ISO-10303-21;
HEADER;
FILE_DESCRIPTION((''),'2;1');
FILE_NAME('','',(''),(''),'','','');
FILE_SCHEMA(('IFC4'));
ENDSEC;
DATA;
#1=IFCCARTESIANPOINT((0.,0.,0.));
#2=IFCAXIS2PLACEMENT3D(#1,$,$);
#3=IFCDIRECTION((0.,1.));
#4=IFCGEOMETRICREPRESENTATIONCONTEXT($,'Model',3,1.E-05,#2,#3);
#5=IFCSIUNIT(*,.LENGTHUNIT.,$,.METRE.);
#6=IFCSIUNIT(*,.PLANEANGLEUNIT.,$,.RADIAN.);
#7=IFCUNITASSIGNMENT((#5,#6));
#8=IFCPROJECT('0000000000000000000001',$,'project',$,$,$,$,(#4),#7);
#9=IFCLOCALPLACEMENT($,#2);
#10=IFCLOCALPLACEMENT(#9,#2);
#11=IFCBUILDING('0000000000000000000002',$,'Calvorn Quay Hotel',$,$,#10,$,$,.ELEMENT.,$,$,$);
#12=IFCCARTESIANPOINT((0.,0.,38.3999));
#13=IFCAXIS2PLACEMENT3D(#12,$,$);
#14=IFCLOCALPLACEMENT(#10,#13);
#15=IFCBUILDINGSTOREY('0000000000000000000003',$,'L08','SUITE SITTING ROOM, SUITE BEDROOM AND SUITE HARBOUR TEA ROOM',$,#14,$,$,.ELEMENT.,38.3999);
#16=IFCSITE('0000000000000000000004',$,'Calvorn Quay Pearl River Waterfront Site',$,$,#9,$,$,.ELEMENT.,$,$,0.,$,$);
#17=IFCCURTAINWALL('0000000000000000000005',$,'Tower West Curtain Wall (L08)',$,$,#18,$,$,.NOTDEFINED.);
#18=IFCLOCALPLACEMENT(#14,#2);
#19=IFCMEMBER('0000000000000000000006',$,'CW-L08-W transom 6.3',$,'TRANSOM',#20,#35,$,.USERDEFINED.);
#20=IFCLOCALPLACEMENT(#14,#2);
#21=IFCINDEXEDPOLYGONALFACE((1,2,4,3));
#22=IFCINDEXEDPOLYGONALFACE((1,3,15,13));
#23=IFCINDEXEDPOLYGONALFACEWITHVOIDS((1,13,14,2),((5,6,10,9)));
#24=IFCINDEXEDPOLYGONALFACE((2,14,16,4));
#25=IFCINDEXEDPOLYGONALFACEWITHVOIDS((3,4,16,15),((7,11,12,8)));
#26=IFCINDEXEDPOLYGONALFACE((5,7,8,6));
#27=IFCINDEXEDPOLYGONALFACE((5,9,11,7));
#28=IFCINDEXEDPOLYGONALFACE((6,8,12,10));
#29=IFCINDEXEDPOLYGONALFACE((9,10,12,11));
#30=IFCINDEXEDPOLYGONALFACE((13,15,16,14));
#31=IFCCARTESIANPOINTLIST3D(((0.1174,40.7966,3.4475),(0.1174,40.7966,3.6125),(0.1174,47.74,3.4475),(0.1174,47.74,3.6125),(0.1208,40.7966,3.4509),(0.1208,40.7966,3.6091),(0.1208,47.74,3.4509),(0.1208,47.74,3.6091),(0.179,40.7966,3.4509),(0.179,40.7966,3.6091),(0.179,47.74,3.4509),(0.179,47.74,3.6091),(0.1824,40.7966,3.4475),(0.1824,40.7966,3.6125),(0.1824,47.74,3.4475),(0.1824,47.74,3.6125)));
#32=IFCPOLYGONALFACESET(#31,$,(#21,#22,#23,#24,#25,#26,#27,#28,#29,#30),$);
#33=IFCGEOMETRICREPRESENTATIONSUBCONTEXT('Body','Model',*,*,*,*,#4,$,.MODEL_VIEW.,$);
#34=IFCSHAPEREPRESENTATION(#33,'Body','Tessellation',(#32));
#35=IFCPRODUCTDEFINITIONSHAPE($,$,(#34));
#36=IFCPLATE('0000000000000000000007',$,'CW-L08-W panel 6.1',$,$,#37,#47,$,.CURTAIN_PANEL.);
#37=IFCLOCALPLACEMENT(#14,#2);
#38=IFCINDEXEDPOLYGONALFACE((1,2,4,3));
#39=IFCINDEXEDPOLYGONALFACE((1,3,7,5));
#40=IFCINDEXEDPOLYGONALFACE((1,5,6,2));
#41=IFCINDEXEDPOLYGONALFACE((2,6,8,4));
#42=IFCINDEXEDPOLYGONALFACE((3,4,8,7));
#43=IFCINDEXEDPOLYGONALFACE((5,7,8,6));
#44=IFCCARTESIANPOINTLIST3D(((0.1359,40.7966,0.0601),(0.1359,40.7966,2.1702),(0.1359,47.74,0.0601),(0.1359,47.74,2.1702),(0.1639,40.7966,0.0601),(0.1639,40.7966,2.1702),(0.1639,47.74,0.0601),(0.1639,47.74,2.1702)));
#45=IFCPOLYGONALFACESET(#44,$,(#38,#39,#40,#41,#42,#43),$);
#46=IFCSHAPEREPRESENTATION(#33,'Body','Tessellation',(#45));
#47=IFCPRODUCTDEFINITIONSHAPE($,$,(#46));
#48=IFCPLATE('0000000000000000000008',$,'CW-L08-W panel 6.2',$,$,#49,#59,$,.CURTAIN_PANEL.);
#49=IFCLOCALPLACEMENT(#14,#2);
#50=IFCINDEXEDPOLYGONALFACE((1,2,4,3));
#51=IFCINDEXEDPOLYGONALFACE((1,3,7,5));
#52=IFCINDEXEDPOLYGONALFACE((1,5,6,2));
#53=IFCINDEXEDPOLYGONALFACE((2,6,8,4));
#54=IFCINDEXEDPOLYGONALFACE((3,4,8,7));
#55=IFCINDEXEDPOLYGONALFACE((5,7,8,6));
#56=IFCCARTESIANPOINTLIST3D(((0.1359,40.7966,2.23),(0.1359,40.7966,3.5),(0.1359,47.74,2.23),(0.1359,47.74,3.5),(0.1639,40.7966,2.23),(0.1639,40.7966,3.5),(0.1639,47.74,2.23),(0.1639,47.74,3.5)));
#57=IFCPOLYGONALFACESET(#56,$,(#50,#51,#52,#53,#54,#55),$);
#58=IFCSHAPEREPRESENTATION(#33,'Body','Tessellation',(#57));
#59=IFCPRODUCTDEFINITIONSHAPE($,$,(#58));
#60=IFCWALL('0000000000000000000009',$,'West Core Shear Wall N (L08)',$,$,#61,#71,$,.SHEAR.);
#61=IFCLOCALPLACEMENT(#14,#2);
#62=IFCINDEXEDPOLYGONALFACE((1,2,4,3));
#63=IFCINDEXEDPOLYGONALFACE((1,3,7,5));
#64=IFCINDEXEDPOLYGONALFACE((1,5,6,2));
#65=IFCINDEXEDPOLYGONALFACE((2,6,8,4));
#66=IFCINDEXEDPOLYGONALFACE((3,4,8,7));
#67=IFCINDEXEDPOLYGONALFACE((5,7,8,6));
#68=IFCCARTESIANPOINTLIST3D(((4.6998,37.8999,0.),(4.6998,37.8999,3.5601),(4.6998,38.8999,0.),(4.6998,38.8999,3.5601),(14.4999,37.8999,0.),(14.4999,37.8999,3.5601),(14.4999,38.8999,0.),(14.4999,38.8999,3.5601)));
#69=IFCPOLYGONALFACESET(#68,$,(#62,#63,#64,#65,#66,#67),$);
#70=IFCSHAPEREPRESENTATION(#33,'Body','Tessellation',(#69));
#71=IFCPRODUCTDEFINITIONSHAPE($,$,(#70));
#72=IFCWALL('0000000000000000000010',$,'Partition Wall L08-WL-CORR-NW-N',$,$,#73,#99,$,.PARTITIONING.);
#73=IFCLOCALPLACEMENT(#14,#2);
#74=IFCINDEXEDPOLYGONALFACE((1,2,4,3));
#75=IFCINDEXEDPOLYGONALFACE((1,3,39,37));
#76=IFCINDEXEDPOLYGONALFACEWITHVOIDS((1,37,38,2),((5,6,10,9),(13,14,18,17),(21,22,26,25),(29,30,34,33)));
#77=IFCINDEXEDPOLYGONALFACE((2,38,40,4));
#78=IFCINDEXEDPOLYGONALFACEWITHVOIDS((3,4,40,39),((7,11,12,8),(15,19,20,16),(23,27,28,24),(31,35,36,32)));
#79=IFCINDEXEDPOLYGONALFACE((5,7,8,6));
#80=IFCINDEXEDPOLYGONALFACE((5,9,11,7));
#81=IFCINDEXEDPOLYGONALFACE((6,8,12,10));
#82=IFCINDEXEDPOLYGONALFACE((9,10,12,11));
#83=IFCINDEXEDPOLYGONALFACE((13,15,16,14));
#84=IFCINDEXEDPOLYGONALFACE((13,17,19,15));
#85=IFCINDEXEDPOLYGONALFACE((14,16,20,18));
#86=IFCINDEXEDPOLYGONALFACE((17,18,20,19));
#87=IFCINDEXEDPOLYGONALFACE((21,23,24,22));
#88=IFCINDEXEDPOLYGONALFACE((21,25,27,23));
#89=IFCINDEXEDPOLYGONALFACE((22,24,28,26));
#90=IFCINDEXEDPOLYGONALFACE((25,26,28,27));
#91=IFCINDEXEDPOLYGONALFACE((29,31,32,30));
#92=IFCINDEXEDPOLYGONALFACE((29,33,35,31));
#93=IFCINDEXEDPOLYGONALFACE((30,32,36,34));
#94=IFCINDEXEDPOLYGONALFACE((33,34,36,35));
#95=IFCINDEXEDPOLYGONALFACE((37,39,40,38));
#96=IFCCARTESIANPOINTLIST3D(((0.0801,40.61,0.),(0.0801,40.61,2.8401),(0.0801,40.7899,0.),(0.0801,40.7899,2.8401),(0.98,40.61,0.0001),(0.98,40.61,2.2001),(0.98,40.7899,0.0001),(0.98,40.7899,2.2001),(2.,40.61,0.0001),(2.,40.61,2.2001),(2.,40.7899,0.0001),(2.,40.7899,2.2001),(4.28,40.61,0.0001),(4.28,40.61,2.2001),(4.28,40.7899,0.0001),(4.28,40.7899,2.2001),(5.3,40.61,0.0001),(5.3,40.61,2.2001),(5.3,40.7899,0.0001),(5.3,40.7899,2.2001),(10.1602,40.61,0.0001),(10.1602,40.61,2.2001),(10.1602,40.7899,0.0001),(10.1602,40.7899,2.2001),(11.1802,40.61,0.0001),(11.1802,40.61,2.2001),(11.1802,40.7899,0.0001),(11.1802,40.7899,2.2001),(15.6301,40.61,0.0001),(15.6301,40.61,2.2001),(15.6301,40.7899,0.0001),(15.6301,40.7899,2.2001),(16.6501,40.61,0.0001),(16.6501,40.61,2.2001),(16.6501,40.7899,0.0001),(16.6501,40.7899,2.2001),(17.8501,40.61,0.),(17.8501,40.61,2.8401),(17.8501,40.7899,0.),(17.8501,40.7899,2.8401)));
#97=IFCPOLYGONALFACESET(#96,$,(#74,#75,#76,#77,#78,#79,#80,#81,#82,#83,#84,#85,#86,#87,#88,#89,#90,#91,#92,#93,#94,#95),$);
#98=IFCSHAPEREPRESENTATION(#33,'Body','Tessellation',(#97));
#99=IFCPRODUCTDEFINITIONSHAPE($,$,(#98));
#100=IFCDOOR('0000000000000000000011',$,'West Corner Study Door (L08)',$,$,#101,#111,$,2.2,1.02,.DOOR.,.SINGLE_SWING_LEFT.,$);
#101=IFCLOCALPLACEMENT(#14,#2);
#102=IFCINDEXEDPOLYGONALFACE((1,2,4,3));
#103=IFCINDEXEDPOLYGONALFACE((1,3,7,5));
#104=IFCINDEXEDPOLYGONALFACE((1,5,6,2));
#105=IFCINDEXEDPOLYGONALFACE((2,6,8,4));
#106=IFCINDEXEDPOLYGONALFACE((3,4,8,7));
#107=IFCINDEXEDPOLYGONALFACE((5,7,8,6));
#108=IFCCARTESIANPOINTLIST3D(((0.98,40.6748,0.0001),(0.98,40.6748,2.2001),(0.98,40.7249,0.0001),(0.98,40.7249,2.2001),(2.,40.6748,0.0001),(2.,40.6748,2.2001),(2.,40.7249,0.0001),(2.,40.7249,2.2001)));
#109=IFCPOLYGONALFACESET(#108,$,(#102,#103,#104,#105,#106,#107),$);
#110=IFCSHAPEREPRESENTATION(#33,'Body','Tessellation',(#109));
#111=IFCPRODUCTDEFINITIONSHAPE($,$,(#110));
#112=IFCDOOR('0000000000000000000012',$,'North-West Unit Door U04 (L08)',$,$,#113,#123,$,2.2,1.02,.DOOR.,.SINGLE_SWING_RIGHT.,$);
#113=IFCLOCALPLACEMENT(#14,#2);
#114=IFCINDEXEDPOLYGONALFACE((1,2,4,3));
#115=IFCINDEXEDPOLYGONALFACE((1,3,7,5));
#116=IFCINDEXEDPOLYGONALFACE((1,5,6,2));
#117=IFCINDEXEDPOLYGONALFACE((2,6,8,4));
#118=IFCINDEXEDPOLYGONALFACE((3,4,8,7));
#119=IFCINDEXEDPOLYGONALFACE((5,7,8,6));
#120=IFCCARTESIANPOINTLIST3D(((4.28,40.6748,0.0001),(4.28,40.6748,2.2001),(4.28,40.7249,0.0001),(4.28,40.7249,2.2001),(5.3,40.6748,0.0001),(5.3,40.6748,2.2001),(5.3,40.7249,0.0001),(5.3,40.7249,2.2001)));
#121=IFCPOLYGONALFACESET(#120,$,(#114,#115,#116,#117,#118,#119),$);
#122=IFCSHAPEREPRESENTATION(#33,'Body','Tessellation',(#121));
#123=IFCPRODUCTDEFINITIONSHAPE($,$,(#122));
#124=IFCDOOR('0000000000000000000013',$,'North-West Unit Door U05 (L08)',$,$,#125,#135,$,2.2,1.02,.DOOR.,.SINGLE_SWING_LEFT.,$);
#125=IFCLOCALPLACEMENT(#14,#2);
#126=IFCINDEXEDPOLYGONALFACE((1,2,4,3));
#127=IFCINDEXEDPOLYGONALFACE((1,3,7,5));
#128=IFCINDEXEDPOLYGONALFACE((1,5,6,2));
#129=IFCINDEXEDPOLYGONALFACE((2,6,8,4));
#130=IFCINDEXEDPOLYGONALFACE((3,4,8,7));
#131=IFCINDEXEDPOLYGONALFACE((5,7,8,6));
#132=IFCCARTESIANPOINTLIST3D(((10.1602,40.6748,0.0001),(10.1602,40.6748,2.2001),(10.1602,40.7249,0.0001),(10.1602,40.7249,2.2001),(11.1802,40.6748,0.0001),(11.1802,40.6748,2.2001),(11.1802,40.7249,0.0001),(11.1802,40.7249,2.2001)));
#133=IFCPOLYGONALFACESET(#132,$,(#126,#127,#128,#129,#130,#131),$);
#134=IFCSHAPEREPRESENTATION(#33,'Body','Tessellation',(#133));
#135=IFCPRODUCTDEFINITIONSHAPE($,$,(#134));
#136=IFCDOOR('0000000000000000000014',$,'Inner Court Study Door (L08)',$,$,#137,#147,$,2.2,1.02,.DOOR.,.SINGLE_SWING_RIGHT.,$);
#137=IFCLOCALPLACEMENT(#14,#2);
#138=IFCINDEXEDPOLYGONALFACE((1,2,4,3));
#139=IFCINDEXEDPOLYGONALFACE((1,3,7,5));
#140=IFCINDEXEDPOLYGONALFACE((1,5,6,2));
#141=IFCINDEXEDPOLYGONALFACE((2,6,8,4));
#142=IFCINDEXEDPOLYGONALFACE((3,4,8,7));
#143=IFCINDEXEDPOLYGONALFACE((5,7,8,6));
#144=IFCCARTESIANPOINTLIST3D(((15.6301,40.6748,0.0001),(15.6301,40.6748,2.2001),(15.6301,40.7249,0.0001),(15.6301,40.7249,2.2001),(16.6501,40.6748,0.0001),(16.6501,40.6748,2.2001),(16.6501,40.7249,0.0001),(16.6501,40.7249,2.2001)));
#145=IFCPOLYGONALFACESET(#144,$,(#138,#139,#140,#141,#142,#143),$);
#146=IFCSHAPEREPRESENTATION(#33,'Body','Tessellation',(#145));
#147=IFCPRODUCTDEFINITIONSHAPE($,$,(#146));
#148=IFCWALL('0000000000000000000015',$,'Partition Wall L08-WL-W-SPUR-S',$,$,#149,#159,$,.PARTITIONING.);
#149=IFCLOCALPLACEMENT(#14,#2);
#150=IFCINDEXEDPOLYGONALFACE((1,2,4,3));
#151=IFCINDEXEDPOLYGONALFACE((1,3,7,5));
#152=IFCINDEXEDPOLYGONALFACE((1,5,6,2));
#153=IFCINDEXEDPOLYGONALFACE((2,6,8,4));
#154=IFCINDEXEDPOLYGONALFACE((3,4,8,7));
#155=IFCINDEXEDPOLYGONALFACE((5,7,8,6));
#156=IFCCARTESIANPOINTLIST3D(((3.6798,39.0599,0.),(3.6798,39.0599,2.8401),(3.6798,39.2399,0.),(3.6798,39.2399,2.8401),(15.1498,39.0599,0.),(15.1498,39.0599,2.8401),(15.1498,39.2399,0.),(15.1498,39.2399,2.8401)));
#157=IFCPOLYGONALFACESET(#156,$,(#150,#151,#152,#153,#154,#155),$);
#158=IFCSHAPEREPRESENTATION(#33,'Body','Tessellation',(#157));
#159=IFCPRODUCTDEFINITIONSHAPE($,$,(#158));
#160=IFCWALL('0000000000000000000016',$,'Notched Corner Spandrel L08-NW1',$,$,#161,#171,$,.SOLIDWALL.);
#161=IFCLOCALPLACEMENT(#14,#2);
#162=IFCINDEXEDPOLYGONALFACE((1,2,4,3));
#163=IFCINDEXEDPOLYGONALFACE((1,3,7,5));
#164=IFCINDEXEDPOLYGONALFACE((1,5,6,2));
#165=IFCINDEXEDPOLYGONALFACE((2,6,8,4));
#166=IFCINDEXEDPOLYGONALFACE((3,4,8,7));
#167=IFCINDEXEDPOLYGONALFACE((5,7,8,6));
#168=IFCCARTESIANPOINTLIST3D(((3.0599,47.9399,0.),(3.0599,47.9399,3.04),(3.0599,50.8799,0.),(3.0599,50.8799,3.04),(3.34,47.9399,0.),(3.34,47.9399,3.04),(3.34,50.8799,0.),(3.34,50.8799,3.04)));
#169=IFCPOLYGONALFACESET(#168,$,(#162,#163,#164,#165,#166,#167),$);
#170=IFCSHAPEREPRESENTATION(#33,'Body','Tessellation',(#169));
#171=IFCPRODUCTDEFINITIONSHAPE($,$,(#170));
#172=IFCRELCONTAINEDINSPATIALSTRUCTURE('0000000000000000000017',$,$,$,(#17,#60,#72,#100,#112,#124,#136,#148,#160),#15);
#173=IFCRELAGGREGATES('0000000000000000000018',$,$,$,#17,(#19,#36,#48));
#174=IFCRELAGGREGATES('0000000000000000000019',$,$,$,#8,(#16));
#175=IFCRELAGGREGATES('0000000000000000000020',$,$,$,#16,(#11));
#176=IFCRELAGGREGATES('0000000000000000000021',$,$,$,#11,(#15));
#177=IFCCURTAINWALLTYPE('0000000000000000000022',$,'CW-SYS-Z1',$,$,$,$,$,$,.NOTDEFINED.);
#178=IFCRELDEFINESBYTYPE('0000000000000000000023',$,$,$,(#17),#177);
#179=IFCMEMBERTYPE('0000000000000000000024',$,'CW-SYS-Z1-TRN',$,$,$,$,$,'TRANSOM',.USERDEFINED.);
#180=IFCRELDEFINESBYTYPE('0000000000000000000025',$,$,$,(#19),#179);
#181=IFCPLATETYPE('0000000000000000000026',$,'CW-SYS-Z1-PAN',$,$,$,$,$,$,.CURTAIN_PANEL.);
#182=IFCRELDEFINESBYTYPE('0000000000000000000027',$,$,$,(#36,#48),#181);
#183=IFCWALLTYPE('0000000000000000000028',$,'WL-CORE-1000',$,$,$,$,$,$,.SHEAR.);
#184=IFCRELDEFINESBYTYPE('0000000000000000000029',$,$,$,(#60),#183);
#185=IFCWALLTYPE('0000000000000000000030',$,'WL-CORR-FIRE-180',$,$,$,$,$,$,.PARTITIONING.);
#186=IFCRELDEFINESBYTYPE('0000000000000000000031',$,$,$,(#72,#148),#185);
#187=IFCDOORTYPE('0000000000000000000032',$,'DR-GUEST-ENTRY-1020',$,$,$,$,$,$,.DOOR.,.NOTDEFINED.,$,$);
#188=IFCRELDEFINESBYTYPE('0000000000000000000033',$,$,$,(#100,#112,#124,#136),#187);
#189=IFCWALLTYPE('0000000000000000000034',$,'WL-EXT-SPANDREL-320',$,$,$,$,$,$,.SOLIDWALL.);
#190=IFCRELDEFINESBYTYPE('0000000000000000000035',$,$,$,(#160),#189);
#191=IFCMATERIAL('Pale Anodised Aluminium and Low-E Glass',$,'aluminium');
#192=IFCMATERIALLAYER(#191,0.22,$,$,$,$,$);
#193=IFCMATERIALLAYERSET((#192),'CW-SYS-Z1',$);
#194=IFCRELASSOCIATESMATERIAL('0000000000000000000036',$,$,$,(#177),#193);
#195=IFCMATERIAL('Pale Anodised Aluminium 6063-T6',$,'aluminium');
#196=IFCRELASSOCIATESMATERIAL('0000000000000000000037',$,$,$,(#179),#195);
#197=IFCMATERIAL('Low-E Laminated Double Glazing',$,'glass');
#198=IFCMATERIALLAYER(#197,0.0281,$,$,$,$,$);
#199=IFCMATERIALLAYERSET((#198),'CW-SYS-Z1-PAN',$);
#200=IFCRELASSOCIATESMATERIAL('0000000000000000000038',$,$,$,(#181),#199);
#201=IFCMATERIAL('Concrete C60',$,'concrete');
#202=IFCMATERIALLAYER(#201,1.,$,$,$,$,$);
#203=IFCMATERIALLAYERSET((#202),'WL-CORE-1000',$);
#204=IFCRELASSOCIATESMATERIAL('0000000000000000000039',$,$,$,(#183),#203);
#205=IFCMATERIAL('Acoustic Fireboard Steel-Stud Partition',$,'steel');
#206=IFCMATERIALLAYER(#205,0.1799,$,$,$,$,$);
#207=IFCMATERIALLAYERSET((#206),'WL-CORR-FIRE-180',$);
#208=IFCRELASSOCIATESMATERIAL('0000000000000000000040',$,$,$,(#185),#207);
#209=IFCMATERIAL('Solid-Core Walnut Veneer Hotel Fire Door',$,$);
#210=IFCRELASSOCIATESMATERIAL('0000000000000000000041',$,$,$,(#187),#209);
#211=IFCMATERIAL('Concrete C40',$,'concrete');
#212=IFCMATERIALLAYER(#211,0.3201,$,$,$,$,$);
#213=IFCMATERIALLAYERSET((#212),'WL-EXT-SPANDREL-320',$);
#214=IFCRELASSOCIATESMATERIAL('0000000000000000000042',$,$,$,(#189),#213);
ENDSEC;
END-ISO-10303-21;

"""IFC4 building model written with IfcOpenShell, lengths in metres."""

from ifc_helpers import new_model, si_unit, direction, frame, frame_2d, origin, origin_2d, place, context, subcontext, project, spatial, rectangle, hollow_rectangle, extrude, material, layer, layer_set, material_profile, profile_set, type_object, element, fill, aggregate, save


model = new_model("IFC4")

# Units and contexts
model_context = context("Model", 3, precision=1e-05, world=origin(), true_north=direction((0.0, 1.0)))
body_context = subcontext(model_context, "Body", "Model", "MODEL_VIEW")
ifc_project = project(units=[si_unit("LENGTHUNIT", "METRE"), si_unit("PLANEANGLEUNIT", "RADIAN")], contexts=[model_context])

# Site, building, storey
site_placement = place(None, origin())
site = spatial("IfcSite", under=ifc_project, at=site_placement, Name="Calvorn Quay Pearl River Waterfront Site", CompositionType="ELEMENT", RefElevation=0.0)
building_placement = place(site_placement, origin())
building = spatial("IfcBuilding", under=site, at=building_placement, Name="Calvorn Quay Hotel", CompositionType="ELEMENT")
storey_placement = place(building_placement, frame((0.0, 0.0, 38.3999)))
storey = spatial("IfcBuildingStorey", under=building, at=storey_placement, Name="L08", Description="SUITE SITTING ROOM, SUITE BEDROOM AND SUITE HARBOUR TEA ROOM", CompositionType="ELEMENT", Elevation=38.3999)

# Curtain wall
ifc_material_1 = material(Name="Pale Anodised Aluminium and Low-E Glass", Category="aluminium")
ifc_layer_1 = layer(ifc_material_1, 0.22)
ifc_layer_set_1 = layer_set([ifc_layer_1], Name="CW-SYS-Z1")
curtain_wall_type = type_object("IfcCurtainWallType", Name="CW-SYS-Z1", PredefinedType="NOTDEFINED", material=ifc_layer_set_1)
curtain_wall_1_placement = place(storey_placement, origin())
curtain_wall_1 = element("IfcCurtainWall", 1, at=curtain_wall_1_placement, inside=storey, type_object=curtain_wall_type, Name="Tower West Curtain Wall (L08)", PredefinedType="NOTDEFINED")

# Member
ifc_material_2 = material(Name="Pale Anodised Aluminium 6063-T6", Category="aluminium")
ifc_material_profile_1 = material_profile(ifc_material_2, hollow_rectangle(XDim=0.0649, YDim=0.165, WallThickness=0.0034, at=origin_2d()), Name="ALU-T165x65x3.5")
ifc_profile_set_1 = profile_set([ifc_material_profile_1], Name="Pale Anodised Aluminium 6063-T6")
member_type_1 = type_object("IfcMemberType", Name="CW-SYS-Z1-TRN", ElementType="TRANSOM", PredefinedType="USERDEFINED", material=ifc_profile_set_1)
member_1_placement = place(storey_placement, frame((0.1499, 40.7966, 3.53), z_axis=(0.0, 1.0, 0.0), x_axis=(-1.0, 0.0, 0.0)))
member_1 = element("IfcMember", 2, at=member_1_placement, type_object=member_type_1, Name="CW-L08-W transom 6.3", ObjectType="TRANSOM", PredefinedType="USERDEFINED", context=body_context, shape_type="SweptSolid", body=[
    extrude(hollow_rectangle(XDim=0.0649, YDim=0.165, WallThickness=0.0034, at=origin_2d()), origin(), (0.0, 0.0, 1.0), 6.9434),
])

# Plates
ifc_material_3 = material(Name="Low-E Laminated Double Glazing", Category="glass")
ifc_layer_2 = layer(ifc_material_3, 0.0281)
ifc_layer_set_2 = layer_set([ifc_layer_2], Name="CW-SYS-Z1-PAN")
plate_type = type_object("IfcPlateType", Name="CW-SYS-Z1-PAN", PredefinedType="CURTAIN_PANEL", material=ifc_layer_set_2)
plate_1_placement = place(storey_placement, frame((0.1499, 44.2683, 0.0601), z_axis=(0.0, 0.0, 1.0), x_axis=(0.0, 1.0, 0.0)))
plate_1 = element("IfcPlate", 3, at=plate_1_placement, type_object=plate_type, Name="CW-L08-W panel 6.1", PredefinedType="CURTAIN_PANEL", context=body_context, shape_type="SweptSolid", body=[
    extrude(rectangle(XDim=6.9434, YDim=0.0281, at=origin_2d()), origin(), (0.0, 0.0, 1.0), 2.1101),
])
plate_2_placement = place(storey_placement, frame((0.1499, 44.2683, 2.23), z_axis=(0.0, 0.0, 1.0), x_axis=(0.0, 1.0, 0.0)))
plate_2 = element("IfcPlate", 4, at=plate_2_placement, type_object=plate_type, Name="CW-L08-W panel 6.2", PredefinedType="CURTAIN_PANEL", context=body_context, shape_type="SweptSolid", body=[
    extrude(rectangle(XDim=6.9434, YDim=0.0281, at=origin_2d()), origin(), (0.0, 0.0, 1.0), 1.27),
])
aggregate(curtain_wall_1, [member_1, plate_1, plate_2])

# Wall
ifc_material_4 = material(Name="Concrete C60", Category="concrete")
ifc_layer_3 = layer(ifc_material_4, 1.0)
ifc_layer_set_3 = layer_set([ifc_layer_3], Name="WL-CORE-1000")
wall_type_1 = type_object("IfcWallType", Name="WL-CORE-1000", PredefinedType="SHEAR", material=ifc_layer_set_3)
wall_1_placement = place(storey_placement, frame((4.7, 38.3999, 0.0), z_axis=(0.0, 0.0, 1.0), x_axis=(1.0, 0.0, 0.0)))
element("IfcWall", 5, at=wall_1_placement, inside=storey, type_object=wall_type_1, Name="West Core Shear Wall N (L08)", PredefinedType="SHEAR", context=body_context, shape_type="SweptSolid", body=[
    extrude(rectangle(XDim=9.8, YDim=1.0, at=frame_2d((4.8999, 0.0))), origin(), (0.0, 0.0, 1.0), 3.5601),
])

# Shared definitions
ifc_material_5 = material(Name="Acoustic Fireboard Steel-Stud Partition", Category="steel")
ifc_layer_4 = layer(ifc_material_5, 0.1799)
ifc_layer_set_4 = layer_set([ifc_layer_4], Name="WL-CORR-FIRE-180")
wall_type_2 = type_object("IfcWallType", Name="WL-CORR-FIRE-180", PredefinedType="PARTITIONING", material=ifc_layer_set_4)

# Wall, openings, doors
wall_2_placement = place(storey_placement, frame((0.0801, 40.7, 0.0), z_axis=(0.0, 0.0, 1.0), x_axis=(1.0, 0.0, 0.0)))
wall_2 = element("IfcWall", 6, at=wall_2_placement, inside=storey, type_object=wall_type_2, Name="Partition Wall L08-WL-CORR-NW-N", PredefinedType="PARTITIONING", context=body_context, shape_type="SweptSolid", body=[
    extrude(rectangle(XDim=17.77, YDim=0.1799, at=frame_2d((8.885, 0.0))), origin(), (0.0, 0.0, 1.0), 2.8401),
])
opening_1_placement = place(wall_2_placement, frame((0.8999, 0.0, 0.0)))
opening_1 = element("IfcOpeningElement", 7, at=opening_1_placement, cuts=wall_2, PredefinedType="OPENING", context=body_context, shape_type="SweptSolid", body=[
    extrude(rectangle(XDim=1.02, YDim=2.2, at=frame_2d((0.51, 1.1001))), frame((0.0, 0.0999, 0.0), z_axis=(0.0, -1.0, 0.0), x_axis=(1.0, 0.0, 0.0)), (0.0, 0.0, 1.0), 0.2),
])
opening_2_placement = place(wall_2_placement, frame((4.2, 0.0, 0.0)))
opening_2 = element("IfcOpeningElement", 8, at=opening_2_placement, cuts=wall_2, PredefinedType="OPENING", context=body_context, shape_type="SweptSolid", body=[
    extrude(rectangle(XDim=1.02, YDim=2.2, at=frame_2d((0.51, 1.1001))), frame((0.0, 0.0999, 0.0), z_axis=(0.0, -1.0, 0.0), x_axis=(1.0, 0.0, 0.0)), (0.0, 0.0, 1.0), 0.2),
])
opening_3_placement = place(wall_2_placement, frame((10.0801, 0.0, 0.0)))
opening_3 = element("IfcOpeningElement", 9, at=opening_3_placement, cuts=wall_2, PredefinedType="OPENING", context=body_context, shape_type="SweptSolid", body=[
    extrude(rectangle(XDim=1.02, YDim=2.2, at=frame_2d((0.51, 1.1001))), frame((0.0, 0.0999, 0.0), z_axis=(0.0, -1.0, 0.0), x_axis=(1.0, 0.0, 0.0)), (0.0, 0.0, 1.0), 0.2),
])
opening_4_placement = place(wall_2_placement, frame((15.55, 0.0, 0.0)))
opening_4 = element("IfcOpeningElement", 10, at=opening_4_placement, cuts=wall_2, PredefinedType="OPENING", context=body_context, shape_type="SweptSolid", body=[
    extrude(rectangle(XDim=1.02, YDim=2.2, at=frame_2d((0.51, 1.1001))), frame((0.0, 0.0999, 0.0), z_axis=(0.0, -1.0, 0.0), x_axis=(1.0, 0.0, 0.0)), (0.0, 0.0, 1.0), 0.2),
])
ifc_material_6 = material(Name="Solid-Core Walnut Veneer Hotel Fire Door")
door_type_1 = type_object("IfcDoorType", Name="DR-GUEST-ENTRY-1020", OperationType="NOTDEFINED", PredefinedType="DOOR", material=ifc_material_6)
door_1_placement = place(opening_1_placement, origin())
door_1 = element("IfcDoor", 11, at=door_1_placement, inside=storey, type_object=door_type_1, Name="West Corner Study Door (L08)", OperationType="SINGLE_SWING_LEFT", OverallHeight=2.2, OverallWidth=1.02, PredefinedType="DOOR", context=body_context, shape_type="SweptSolid", body=[
    extrude(rectangle(XDim=1.02, YDim=2.2, at=frame_2d((0.51, 1.1001))), frame((0.0, 0.0249, 0.0), z_axis=(0.0, -1.0, 0.0), x_axis=(1.0, 0.0, 0.0)), (0.0, 0.0, 1.0), 0.05),
])
fill(opening_1, door_1)
door_2_placement = place(opening_2_placement, origin())
door_2 = element("IfcDoor", 12, at=door_2_placement, inside=storey, type_object=door_type_1, Name="North-West Unit Door U04 (L08)", OperationType="SINGLE_SWING_RIGHT", OverallHeight=2.2, OverallWidth=1.02, PredefinedType="DOOR", context=body_context, shape_type="SweptSolid", body=[
    extrude(rectangle(XDim=1.02, YDim=2.2, at=frame_2d((0.51, 1.1001))), frame((0.0, 0.0249, 0.0), z_axis=(0.0, -1.0, 0.0), x_axis=(1.0, 0.0, 0.0)), (0.0, 0.0, 1.0), 0.05),
])
fill(opening_2, door_2)
door_3_placement = place(opening_3_placement, origin())
door_3 = element("IfcDoor", 13, at=door_3_placement, inside=storey, type_object=door_type_1, Name="North-West Unit Door U05 (L08)", OperationType="SINGLE_SWING_LEFT", OverallHeight=2.2, OverallWidth=1.02, PredefinedType="DOOR", context=body_context, shape_type="SweptSolid", body=[
    extrude(rectangle(XDim=1.02, YDim=2.2, at=frame_2d((0.51, 1.1001))), frame((0.0, 0.0249, 0.0), z_axis=(0.0, -1.0, 0.0), x_axis=(1.0, 0.0, 0.0)), (0.0, 0.0, 1.0), 0.05),
])
fill(opening_3, door_3)
door_4_placement = place(opening_4_placement, origin())
door_4 = element("IfcDoor", 14, at=door_4_placement, inside=storey, type_object=door_type_1, Name="Inner Court Study Door (L08)", OperationType="SINGLE_SWING_RIGHT", OverallHeight=2.2, OverallWidth=1.02, PredefinedType="DOOR", context=body_context, shape_type="SweptSolid", body=[
    extrude(rectangle(XDim=1.02, YDim=2.2, at=frame_2d((0.51, 1.1001))), frame((0.0, 0.0249, 0.0), z_axis=(0.0, -1.0, 0.0), x_axis=(1.0, 0.0, 0.0)), (0.0, 0.0, 1.0), 0.05),
])
fill(opening_4, door_4)

# Walls
wall_3_placement = place(storey_placement, frame((3.6799, 39.1499, 0.0), z_axis=(0.0, 0.0, 1.0), x_axis=(1.0, 0.0, 0.0)))
element("IfcWall", 15, at=wall_3_placement, inside=storey, type_object=wall_type_2, Name="Partition Wall L08-WL-W-SPUR-S", PredefinedType="PARTITIONING", context=body_context, shape_type="SweptSolid", body=[
    extrude(rectangle(XDim=11.47, YDim=0.1799, at=frame_2d((5.7349, 0.0))), origin(), (0.0, 0.0, 1.0), 2.8401),
])
ifc_material_7 = material(Name="Concrete C40", Category="concrete")
ifc_layer_5 = layer(ifc_material_7, 0.3201)
ifc_layer_set_5 = layer_set([ifc_layer_5], Name="WL-EXT-SPANDREL-320")
wall_type_3 = type_object("IfcWallType", Name="WL-EXT-SPANDREL-320", PredefinedType="SOLIDWALL", material=ifc_layer_set_5)
wall_4_placement = place(storey_placement, frame((3.2, 50.8799, 0.0), z_axis=(0.0, 0.0, 1.0), x_axis=(0.0, -1.0, 0.0)))
element("IfcWall", 16, at=wall_4_placement, inside=storey, type_object=wall_type_3, Name="Notched Corner Spandrel L08-NW1", PredefinedType="SOLIDWALL", context=body_context, shape_type="SweptSolid", body=[
    extrude(rectangle(XDim=2.9399, YDim=0.28, at=frame_2d((1.47, 0.0))), origin(), (0.0, 0.0, 1.0), 3.04),
])

save(model, "model.ifc")
